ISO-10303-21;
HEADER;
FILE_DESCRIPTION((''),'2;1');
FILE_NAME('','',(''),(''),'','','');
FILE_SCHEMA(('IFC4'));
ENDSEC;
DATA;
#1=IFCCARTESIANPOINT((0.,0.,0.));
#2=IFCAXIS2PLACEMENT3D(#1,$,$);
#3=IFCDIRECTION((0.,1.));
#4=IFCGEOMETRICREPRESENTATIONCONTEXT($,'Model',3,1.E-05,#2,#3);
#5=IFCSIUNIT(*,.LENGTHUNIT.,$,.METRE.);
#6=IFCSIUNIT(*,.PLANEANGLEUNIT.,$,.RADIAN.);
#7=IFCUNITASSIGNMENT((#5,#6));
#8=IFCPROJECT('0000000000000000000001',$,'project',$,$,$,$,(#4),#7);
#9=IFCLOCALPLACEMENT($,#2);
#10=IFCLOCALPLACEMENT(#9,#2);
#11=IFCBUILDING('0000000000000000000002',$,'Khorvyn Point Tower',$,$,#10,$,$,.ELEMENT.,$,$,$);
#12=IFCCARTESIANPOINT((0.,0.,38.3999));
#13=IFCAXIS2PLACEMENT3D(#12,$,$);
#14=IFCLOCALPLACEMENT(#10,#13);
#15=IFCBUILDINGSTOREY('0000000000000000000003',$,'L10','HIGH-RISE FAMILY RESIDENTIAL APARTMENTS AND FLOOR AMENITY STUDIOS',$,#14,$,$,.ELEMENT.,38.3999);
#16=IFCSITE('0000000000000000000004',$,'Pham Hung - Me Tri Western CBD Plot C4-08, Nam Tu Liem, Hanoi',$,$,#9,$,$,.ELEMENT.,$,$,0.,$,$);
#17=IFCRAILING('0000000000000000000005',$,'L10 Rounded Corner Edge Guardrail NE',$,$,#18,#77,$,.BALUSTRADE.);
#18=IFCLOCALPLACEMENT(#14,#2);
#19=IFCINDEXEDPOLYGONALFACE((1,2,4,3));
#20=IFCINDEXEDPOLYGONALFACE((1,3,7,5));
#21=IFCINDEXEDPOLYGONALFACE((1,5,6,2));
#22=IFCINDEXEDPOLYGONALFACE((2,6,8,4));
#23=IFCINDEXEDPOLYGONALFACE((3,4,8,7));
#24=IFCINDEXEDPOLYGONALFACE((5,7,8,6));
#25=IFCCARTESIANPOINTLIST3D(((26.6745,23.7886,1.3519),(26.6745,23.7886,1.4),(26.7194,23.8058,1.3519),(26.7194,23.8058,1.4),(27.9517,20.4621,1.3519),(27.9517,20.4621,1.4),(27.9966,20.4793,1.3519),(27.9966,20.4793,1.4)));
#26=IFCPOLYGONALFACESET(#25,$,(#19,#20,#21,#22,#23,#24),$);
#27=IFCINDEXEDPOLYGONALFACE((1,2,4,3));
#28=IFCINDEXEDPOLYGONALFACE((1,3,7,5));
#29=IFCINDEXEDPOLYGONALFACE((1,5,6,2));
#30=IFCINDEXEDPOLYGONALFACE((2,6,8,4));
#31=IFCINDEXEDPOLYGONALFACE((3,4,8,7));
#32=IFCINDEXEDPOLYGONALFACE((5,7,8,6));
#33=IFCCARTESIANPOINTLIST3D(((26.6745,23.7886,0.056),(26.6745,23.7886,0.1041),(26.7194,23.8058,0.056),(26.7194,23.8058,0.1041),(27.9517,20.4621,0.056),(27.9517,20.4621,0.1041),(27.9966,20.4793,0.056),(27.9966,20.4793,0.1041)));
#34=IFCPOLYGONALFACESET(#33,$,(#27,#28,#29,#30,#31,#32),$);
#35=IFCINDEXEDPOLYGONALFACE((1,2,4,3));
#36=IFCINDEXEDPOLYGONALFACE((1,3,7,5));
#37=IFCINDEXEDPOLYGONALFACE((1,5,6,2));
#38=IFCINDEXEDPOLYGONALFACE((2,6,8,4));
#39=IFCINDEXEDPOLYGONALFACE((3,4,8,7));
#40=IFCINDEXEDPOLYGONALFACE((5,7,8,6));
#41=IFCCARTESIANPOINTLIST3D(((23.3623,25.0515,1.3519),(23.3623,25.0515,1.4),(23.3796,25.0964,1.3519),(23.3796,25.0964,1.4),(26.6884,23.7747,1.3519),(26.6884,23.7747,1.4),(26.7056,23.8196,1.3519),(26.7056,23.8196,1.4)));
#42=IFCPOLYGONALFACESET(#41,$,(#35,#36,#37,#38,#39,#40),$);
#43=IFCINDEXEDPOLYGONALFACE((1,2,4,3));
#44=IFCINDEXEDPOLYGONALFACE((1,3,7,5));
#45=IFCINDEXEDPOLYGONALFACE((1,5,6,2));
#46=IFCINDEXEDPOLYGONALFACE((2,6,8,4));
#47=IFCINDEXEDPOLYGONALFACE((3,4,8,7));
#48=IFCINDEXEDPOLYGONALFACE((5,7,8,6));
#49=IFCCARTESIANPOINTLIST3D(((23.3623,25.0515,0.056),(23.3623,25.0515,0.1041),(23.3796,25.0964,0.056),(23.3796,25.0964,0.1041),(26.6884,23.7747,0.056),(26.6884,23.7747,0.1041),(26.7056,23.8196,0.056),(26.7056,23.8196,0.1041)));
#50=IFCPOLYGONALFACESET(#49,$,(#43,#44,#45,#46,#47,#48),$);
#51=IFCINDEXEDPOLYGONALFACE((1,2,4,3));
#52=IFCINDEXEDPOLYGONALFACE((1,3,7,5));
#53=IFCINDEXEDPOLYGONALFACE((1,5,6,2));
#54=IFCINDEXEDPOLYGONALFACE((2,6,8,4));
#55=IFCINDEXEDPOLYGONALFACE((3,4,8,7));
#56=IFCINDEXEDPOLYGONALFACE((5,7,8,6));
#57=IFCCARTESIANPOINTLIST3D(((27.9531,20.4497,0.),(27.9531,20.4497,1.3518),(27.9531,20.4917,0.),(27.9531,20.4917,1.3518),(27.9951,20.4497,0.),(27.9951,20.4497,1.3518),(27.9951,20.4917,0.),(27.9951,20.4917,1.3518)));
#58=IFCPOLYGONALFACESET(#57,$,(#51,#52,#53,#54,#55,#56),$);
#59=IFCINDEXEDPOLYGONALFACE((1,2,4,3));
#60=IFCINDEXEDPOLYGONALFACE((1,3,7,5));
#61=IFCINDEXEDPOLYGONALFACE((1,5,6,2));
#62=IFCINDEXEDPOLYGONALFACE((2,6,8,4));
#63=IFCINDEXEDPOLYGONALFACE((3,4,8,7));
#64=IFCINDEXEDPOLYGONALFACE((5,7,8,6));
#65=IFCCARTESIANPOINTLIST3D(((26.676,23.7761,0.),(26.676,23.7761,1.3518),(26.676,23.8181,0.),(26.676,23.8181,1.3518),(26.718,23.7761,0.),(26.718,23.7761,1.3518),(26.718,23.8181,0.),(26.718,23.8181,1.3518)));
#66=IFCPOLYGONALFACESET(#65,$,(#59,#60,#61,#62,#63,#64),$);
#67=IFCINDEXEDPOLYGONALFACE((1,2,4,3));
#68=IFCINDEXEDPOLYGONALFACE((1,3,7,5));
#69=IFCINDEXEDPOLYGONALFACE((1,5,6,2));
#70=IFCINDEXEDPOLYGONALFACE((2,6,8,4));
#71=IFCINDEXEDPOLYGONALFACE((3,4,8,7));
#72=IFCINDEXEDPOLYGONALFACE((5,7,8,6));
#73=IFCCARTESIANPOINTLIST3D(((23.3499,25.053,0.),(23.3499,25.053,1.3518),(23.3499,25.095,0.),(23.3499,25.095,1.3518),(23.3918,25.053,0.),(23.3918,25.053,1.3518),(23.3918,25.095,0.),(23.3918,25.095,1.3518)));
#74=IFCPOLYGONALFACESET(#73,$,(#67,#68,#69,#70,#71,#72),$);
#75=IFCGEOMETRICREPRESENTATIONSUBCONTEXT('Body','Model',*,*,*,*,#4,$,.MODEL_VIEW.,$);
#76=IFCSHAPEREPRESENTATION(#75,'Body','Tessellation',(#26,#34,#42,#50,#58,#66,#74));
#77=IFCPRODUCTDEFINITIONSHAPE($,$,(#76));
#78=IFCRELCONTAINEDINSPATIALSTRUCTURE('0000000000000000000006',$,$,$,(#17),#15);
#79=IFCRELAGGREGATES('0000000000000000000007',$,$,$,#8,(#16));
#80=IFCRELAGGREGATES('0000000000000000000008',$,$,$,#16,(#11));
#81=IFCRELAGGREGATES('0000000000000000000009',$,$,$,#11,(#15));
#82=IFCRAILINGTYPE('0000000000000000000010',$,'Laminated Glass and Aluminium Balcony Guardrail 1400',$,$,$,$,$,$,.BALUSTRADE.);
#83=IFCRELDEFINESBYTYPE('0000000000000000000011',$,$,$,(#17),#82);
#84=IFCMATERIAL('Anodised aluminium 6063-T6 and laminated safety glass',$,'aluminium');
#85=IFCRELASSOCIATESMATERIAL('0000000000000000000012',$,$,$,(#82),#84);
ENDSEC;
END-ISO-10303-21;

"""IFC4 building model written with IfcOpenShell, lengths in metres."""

from ifc_helpers import new_model, si_unit, direction, frame, origin, origin_2d, place, context, subcontext, project, spatial, rectangle, extrude, material, type_object, element, save


model = new_model("IFC4")

# Units and contexts
model_context = context("Model", 3, precision=1e-05, world=origin(), true_north=direction((0.0, 1.0)))
body_context = subcontext(model_context, "Body", "Model", "MODEL_VIEW")
ifc_project = project(units=[si_unit("LENGTHUNIT", "METRE"), si_unit("PLANEANGLEUNIT", "RADIAN")], contexts=[model_context])

# Site, building, storey
site_placement = place(None, origin())
site = spatial("IfcSite", under=ifc_project, at=site_placement, Name="Pham Hung - Me Tri Western CBD Plot C4-08, Nam Tu Liem, Hanoi", CompositionType="ELEMENT", RefElevation=0.0)
building_placement = place(site_placement, origin())
building = spatial("IfcBuilding", under=site, at=building_placement, Name="Khorvyn Point Tower", CompositionType="ELEMENT")
storey_placement = place(building_placement, frame((0.0, 0.0, 38.3999)))
storey = spatial("IfcBuildingStorey", under=building, at=storey_placement, Name="L10", Description="HIGH-RISE FAMILY RESIDENTIAL APARTMENTS AND FLOOR AMENITY STUDIOS", CompositionType="ELEMENT", Elevation=38.3999)

# Railing
ifc_material_1 = material(Name="Anodised aluminium 6063-T6 and laminated safety glass", Category="aluminium")
railing_type = type_object("IfcRailingType", Name="Laminated Glass and Aluminium Balcony Guardrail 1400", PredefinedType="BALUSTRADE", material=ifc_material_1)
railing_placement = place(storey_placement, frame((27.9741, 20.4707, 0.0)))
element("IfcRailing", 1, at=railing_placement, inside=storey, type_object=railing_type, Name="L10 Rounded Corner Edge Guardrail NE", PredefinedType="BALUSTRADE", context=body_context, shape_type="SweptSolid", body=[
    extrude(rectangle(XDim=0.0481, YDim=0.0481, at=origin_2d()), frame((0.0, 0.0, 1.376), z_axis=(-0.358419, 0.933561, 0.0), x_axis=(-0.933561, -0.358419, 0.0)), (0.0, 0.0, 1.0), 3.5632),
    extrude(rectangle(XDim=0.0481, YDim=0.0481, at=origin_2d()), frame((0.0, 0.0, 0.0801), z_axis=(-0.358419, 0.933561, 0.0), x_axis=(-0.933561, -0.358419, 0.0)), (0.0, 0.0, 1.0), 3.5632),
    extrude(rectangle(XDim=0.0481, YDim=0.0481, at=origin_2d()), frame((-1.2771, 3.3264, 1.376), z_axis=(-0.933575, 0.358382, 0.0), x_axis=(-0.358382, -0.933575, 0.0)), (0.0, 0.0, 1.0), 3.5627),
    extrude(rectangle(XDim=0.0481, YDim=0.0481, at=origin_2d()), frame((-1.2771, 3.3264, 0.0801), z_axis=(-0.933575, 0.358382, 0.0), x_axis=(-0.358382, -0.933575, 0.0)), (0.0, 0.0, 1.0), 3.5627),
    extrude(rectangle(XDim=0.042, YDim=0.042, at=origin_2d()), origin(), (0.0, 0.0, 1.0), 1.3518),
    extrude(rectangle(XDim=0.042, YDim=0.042, at=origin_2d()), frame((-1.2771, 3.3264, 0.0)), (0.0, 0.0, 1.0), 1.3518),
    extrude(rectangle(XDim=0.042, YDim=0.042, at=origin_2d()), frame((-4.6033, 4.6033, 0.0)), (0.0, 0.0, 1.0), 1.3518),
])

save(model, "model.ifc")
